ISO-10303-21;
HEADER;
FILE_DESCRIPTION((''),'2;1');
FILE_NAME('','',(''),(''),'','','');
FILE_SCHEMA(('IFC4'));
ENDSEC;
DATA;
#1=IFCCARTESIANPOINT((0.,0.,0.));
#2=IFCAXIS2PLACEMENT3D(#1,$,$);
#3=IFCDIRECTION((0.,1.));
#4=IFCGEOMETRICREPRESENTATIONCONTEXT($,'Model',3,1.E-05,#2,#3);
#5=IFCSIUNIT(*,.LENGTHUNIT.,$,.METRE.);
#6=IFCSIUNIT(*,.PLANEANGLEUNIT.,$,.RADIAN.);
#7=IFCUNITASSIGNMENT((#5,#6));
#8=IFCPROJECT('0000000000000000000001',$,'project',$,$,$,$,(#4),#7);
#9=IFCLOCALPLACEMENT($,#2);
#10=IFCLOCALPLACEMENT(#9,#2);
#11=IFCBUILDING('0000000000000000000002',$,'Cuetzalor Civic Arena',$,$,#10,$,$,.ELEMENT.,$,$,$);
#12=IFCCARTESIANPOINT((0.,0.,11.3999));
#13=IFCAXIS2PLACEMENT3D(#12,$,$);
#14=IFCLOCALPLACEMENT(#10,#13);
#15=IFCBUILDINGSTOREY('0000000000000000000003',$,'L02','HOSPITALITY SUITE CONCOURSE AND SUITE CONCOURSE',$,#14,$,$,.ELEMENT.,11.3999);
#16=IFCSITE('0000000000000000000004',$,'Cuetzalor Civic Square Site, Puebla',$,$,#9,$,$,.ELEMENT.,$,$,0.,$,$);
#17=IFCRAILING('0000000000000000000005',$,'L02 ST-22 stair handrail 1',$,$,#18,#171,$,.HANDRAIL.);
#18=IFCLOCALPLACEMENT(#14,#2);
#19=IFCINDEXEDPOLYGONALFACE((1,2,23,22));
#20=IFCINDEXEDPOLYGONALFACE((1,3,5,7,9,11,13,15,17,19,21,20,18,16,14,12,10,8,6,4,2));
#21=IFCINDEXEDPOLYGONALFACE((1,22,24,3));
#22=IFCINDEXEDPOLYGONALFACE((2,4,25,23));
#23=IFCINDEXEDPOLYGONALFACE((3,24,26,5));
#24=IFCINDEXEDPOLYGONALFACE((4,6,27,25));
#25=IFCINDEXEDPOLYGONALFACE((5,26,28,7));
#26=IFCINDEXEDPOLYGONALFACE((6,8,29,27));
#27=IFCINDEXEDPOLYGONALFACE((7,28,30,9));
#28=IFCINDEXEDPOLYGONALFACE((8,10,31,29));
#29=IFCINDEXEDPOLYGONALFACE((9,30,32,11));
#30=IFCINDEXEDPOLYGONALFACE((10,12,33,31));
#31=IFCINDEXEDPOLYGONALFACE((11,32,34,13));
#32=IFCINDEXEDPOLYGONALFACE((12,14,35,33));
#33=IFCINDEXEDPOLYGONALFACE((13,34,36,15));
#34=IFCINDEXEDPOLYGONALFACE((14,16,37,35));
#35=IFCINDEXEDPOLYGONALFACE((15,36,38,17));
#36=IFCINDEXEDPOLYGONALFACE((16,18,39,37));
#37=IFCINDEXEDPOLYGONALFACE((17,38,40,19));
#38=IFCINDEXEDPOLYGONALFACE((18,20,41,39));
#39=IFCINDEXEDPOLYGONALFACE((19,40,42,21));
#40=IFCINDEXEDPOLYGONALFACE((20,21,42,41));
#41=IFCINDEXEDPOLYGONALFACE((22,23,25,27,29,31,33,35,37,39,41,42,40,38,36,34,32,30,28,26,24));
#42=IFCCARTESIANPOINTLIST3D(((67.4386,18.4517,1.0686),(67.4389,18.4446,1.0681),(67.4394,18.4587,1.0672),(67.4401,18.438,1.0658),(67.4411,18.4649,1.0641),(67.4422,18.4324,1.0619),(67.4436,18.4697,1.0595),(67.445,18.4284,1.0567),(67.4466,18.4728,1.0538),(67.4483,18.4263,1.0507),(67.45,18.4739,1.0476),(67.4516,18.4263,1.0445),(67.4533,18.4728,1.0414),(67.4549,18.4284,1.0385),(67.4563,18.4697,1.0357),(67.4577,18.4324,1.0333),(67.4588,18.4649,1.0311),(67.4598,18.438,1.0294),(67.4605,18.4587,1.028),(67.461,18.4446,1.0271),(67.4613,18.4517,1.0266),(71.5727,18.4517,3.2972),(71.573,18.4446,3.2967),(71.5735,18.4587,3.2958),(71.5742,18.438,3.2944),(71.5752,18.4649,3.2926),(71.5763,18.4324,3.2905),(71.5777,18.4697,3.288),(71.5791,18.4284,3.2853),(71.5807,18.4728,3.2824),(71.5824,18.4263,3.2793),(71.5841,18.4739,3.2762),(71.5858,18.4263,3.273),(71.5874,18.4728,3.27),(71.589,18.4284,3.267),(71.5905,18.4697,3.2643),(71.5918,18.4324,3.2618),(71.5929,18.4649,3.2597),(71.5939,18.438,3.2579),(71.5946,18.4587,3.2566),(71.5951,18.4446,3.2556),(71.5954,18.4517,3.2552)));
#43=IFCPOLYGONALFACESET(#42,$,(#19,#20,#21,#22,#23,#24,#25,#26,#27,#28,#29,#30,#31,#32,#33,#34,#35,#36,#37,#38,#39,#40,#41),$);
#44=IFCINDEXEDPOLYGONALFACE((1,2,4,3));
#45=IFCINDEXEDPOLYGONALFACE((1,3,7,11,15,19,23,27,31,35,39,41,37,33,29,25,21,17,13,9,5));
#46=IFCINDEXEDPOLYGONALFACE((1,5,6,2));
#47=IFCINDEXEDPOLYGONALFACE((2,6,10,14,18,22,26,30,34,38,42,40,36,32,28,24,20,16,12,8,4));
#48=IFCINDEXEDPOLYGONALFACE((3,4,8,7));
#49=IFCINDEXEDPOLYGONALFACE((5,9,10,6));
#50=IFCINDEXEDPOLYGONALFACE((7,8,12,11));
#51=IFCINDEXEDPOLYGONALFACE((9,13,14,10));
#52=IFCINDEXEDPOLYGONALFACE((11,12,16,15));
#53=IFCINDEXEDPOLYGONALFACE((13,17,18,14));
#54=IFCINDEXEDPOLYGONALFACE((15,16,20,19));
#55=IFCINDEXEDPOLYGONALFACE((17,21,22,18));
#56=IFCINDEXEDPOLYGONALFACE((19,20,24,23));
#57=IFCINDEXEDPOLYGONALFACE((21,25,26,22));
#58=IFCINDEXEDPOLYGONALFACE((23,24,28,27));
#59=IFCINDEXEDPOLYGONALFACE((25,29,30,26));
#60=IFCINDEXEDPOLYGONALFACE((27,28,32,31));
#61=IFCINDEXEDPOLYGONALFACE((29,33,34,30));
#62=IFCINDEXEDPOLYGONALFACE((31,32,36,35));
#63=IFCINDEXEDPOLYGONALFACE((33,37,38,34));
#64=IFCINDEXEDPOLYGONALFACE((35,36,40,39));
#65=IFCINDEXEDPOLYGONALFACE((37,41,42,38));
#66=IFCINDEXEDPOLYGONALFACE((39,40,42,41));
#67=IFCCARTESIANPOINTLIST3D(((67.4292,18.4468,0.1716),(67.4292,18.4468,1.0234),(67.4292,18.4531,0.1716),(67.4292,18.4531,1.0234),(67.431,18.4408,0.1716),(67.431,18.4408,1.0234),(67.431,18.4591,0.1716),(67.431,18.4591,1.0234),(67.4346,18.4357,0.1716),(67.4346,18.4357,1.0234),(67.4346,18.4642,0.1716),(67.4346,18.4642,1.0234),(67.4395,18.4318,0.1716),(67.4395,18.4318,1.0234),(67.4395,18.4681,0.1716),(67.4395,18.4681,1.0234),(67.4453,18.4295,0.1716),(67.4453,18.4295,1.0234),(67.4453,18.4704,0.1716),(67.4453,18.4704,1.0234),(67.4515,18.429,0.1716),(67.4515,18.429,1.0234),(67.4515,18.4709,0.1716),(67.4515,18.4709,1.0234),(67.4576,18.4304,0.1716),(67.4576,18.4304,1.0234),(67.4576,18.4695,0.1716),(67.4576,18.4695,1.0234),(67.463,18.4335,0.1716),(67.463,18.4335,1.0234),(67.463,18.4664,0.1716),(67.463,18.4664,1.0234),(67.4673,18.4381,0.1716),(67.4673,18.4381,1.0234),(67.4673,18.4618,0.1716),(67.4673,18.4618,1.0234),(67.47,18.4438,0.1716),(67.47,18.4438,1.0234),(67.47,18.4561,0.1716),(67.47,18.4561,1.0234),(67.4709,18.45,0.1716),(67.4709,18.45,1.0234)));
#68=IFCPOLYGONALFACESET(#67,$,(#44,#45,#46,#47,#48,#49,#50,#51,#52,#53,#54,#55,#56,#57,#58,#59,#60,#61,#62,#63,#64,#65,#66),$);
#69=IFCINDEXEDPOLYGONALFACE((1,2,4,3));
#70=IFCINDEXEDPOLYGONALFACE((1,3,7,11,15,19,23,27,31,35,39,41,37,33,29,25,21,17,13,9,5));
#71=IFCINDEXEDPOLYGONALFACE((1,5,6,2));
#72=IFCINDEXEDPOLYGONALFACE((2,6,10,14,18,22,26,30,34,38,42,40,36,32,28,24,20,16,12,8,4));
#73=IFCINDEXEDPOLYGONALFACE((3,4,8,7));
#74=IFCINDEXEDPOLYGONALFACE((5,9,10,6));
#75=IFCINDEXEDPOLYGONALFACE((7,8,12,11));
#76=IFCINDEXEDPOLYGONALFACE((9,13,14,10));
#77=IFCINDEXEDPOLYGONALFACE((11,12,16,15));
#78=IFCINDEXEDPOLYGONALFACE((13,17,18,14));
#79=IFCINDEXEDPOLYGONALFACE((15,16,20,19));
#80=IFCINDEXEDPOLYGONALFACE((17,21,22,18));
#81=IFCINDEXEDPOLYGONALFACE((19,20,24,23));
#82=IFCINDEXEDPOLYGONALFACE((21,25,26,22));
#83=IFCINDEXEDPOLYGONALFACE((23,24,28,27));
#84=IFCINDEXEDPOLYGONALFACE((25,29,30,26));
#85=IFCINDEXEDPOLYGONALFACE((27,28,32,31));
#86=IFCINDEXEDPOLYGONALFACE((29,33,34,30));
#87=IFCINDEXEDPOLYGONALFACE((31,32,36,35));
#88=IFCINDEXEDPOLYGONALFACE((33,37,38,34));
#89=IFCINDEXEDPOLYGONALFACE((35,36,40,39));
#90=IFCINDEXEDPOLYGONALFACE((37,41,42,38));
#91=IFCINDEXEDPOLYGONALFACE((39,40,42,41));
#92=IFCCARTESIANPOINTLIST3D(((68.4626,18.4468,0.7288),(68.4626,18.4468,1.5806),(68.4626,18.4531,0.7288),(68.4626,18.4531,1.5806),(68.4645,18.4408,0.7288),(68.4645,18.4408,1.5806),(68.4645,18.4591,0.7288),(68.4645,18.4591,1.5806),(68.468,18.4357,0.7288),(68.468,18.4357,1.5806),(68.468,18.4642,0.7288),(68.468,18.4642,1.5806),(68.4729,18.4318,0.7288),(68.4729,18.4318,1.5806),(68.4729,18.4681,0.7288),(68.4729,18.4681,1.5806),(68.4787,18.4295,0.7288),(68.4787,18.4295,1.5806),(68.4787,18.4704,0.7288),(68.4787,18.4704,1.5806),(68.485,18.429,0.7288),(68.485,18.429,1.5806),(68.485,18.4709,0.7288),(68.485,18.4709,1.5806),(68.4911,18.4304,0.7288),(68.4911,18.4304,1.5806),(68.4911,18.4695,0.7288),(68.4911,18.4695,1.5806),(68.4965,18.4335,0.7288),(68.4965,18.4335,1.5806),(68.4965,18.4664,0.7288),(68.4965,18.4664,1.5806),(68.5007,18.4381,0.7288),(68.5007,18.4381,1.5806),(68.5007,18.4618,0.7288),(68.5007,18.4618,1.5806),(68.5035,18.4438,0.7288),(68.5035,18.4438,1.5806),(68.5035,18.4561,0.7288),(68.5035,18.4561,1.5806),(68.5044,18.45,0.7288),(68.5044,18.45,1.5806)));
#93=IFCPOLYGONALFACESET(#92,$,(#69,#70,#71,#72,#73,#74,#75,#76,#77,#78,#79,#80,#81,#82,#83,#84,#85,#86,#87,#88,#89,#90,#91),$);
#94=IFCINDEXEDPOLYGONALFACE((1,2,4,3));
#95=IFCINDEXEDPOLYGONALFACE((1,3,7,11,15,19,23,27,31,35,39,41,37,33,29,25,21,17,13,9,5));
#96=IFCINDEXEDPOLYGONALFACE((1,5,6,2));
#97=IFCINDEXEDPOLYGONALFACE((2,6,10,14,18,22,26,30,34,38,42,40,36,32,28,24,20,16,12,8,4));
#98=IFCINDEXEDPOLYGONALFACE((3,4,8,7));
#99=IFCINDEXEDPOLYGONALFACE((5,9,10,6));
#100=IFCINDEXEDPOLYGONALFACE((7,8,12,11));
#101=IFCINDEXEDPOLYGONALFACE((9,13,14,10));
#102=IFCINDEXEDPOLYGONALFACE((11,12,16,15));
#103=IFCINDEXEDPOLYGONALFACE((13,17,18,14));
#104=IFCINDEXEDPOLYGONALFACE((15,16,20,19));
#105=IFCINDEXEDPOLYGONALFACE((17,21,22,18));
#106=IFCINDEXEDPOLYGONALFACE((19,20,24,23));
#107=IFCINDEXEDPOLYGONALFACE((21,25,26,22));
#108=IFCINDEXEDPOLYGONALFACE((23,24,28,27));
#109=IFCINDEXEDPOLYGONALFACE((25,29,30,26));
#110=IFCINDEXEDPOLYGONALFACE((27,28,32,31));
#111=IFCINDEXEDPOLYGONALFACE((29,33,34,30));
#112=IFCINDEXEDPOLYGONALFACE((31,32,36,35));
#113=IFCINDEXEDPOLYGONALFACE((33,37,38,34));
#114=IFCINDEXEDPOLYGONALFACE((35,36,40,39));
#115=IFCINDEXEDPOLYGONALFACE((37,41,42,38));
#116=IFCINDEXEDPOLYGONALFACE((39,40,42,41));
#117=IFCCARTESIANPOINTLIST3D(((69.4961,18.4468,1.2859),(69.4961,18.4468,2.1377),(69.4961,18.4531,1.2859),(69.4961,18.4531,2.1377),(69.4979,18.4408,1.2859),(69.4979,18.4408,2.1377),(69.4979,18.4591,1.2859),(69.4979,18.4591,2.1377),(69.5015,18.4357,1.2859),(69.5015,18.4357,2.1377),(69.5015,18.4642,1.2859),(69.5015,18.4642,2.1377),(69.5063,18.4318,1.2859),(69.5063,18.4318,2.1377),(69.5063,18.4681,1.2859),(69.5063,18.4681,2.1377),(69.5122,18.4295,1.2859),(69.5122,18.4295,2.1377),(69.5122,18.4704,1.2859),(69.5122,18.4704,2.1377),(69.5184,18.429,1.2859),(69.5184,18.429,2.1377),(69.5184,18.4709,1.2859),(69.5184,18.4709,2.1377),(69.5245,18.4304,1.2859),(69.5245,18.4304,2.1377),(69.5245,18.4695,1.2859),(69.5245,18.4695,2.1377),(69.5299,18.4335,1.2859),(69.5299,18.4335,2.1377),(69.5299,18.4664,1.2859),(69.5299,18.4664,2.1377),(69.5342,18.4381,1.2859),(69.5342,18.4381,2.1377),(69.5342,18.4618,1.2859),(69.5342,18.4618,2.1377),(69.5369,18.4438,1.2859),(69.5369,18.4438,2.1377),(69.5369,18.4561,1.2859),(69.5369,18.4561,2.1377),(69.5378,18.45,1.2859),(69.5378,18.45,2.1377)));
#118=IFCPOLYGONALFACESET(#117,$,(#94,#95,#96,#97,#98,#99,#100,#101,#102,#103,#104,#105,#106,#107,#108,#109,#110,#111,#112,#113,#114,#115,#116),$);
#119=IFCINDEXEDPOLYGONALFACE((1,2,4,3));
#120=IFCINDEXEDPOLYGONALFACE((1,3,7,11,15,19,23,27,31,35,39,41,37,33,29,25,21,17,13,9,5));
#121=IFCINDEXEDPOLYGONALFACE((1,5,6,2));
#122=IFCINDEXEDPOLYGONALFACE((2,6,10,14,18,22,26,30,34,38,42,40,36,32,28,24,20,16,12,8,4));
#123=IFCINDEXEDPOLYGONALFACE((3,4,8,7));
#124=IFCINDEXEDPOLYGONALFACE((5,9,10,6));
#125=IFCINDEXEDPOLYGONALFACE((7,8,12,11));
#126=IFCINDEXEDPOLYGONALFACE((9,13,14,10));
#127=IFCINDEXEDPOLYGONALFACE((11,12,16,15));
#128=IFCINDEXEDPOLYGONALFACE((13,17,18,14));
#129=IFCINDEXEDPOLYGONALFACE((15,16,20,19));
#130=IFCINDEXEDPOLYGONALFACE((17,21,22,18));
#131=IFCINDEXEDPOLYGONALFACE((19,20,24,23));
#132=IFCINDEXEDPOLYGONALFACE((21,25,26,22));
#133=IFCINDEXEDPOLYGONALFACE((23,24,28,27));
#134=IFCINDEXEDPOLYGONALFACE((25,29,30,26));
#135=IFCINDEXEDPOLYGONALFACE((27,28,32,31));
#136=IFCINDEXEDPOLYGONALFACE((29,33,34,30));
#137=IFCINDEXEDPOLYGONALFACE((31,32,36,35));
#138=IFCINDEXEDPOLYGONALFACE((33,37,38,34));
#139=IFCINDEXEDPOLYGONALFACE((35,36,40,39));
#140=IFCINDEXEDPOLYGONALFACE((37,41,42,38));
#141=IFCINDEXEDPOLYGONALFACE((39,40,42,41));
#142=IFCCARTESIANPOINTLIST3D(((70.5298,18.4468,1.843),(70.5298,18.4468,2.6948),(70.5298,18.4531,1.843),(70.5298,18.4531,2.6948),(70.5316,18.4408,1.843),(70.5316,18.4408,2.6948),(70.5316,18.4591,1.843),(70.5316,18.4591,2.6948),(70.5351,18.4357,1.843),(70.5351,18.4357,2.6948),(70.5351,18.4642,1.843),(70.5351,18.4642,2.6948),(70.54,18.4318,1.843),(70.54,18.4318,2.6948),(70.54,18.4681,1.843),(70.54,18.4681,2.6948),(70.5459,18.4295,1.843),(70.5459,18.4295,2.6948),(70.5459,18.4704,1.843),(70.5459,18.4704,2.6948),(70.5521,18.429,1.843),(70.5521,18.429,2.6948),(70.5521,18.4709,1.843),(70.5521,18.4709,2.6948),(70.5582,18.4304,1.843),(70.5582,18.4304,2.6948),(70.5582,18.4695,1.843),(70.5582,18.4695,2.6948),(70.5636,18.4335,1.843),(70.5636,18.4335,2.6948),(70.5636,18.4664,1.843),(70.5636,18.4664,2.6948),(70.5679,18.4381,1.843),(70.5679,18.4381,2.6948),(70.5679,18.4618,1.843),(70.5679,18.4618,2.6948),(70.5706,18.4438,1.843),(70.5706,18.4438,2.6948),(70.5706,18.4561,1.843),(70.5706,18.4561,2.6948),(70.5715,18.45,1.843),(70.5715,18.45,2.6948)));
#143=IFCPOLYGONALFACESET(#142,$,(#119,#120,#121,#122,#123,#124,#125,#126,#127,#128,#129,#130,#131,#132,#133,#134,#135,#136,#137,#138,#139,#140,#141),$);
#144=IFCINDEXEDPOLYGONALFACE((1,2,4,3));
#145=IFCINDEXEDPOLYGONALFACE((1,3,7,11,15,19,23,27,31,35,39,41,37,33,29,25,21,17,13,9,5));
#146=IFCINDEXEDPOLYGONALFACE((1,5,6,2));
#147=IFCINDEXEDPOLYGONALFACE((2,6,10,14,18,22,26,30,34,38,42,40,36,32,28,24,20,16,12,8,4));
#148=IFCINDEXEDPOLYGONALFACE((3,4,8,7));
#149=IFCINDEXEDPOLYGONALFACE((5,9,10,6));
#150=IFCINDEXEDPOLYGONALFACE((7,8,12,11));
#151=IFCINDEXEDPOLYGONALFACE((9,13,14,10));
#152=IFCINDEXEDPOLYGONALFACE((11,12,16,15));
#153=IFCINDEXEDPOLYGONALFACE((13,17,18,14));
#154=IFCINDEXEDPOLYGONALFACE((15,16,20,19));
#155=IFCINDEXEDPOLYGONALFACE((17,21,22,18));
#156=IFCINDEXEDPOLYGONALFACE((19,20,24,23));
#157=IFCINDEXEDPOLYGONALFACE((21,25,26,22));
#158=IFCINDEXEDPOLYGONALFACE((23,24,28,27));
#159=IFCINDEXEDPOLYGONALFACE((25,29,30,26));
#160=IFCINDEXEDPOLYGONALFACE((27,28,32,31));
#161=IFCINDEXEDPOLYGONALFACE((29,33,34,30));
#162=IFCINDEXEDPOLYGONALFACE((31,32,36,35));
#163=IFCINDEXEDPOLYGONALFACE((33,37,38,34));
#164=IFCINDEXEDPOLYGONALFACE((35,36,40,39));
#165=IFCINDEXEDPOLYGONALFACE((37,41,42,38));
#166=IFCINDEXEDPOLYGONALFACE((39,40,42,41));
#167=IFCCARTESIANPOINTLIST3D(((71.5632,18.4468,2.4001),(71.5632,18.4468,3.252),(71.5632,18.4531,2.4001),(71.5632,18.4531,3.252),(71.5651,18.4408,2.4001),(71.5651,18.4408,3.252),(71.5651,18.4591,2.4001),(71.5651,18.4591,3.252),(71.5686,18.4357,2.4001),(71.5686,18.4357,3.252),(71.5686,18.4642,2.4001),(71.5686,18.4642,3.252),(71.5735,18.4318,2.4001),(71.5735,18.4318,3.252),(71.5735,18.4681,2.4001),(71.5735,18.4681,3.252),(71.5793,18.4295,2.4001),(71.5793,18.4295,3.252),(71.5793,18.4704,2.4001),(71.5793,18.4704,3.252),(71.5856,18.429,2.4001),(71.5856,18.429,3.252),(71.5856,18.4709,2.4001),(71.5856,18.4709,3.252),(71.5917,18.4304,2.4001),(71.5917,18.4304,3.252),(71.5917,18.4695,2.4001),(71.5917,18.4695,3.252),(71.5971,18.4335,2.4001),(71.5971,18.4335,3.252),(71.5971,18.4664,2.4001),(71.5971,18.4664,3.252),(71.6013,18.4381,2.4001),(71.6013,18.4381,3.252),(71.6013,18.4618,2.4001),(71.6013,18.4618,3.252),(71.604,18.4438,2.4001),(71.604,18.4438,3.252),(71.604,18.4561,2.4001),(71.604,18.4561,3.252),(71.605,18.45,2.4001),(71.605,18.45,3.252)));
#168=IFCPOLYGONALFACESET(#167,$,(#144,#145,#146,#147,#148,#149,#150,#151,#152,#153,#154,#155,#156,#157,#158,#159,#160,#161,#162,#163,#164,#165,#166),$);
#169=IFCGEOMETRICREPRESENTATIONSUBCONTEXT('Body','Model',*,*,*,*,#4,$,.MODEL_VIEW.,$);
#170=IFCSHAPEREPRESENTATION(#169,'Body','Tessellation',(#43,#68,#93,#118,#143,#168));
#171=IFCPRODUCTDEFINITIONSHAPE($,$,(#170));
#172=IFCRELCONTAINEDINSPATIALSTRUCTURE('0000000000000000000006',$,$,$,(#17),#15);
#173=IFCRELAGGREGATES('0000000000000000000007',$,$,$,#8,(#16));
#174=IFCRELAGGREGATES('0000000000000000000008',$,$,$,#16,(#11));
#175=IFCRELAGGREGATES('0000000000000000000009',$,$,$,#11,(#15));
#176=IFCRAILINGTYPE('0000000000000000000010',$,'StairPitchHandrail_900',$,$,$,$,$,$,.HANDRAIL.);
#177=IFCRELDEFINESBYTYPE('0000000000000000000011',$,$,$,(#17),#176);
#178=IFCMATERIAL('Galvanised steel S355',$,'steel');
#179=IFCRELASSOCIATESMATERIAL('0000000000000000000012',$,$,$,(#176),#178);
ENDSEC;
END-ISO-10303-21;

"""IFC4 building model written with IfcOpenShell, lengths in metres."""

from ifc_helpers import new_model, si_unit, direction, frame, origin, origin_2d, place, context, subcontext, project, spatial, circle, extrude, material, type_object, element, save


model = new_model("IFC4")

# Units and contexts
model_context = context("Model", 3, precision=1e-05, world=origin(), true_north=direction((0.0, 1.0)))
body_context = subcontext(model_context, "Body", "Model", "MODEL_VIEW")
ifc_project = project(units=[si_unit("LENGTHUNIT", "METRE"), si_unit("PLANEANGLEUNIT", "RADIAN")], contexts=[model_context])

# Site, building, storey
site_placement = place(None, origin())
site = spatial("IfcSite", under=ifc_project, at=site_placement, Name="Cuetzalor Civic Square Site, Puebla", CompositionType="ELEMENT", RefElevation=0.0)
building_placement = place(site_placement, origin())
building = spatial("IfcBuilding", under=site, at=building_placement, Name="Cuetzalor Civic Arena", CompositionType="ELEMENT")
storey_placement = place(building_placement, frame((0.0, 0.0, 11.3999)))
storey = spatial("IfcBuildingStorey", under=building, at=storey_placement, Name="L02", Description="HOSPITALITY SUITE CONCOURSE AND SUITE CONCOURSE", CompositionType="ELEMENT", Elevation=11.3999)

# Railing
ifc_material_1 = material(Name="Galvanised steel S355", Category="steel")
railing_type_1 = type_object("IfcRailingType", Name="StairPitchHandrail_900", PredefinedType="HANDRAIL", material=ifc_material_1)
railing_1_placement = place(storey_placement, frame((67.45, 18.45, 0.1716)))
element("IfcRailing", 1, at=railing_1_placement, inside=storey, type_object=railing_type_1, Name="L02 ST-22 stair handrail 1", PredefinedType="HANDRAIL", context=body_context, shape_type="SweptSolid", body=[
    extrude(circle(Radius=0.0239, at=origin_2d()), frame((0.0, 0.0, 0.876), z_axis=(0.880249, 0.0, 0.474512), x_axis=(0.0, 1.0, 0.0)), (0.0, 0.0, 1.0), 4.6965),
    extrude(circle(Radius=0.021, at=origin_2d()), origin(), (0.0, 0.0, 1.0), 0.8518),
    extrude(circle(Radius=0.021, at=origin_2d()), frame((1.0334, 0.0, 0.5571)), (0.0, 0.0, 1.0), 0.8518),
    extrude(circle(Radius=0.021, at=origin_2d()), frame((2.0669, 0.0, 1.1143)), (0.0, 0.0, 1.0), 0.8518),
    extrude(circle(Radius=0.021, at=origin_2d()), frame((3.1006, 0.0, 1.6714)), (0.0, 0.0, 1.0), 0.8518),
    extrude(circle(Radius=0.021, at=origin_2d()), frame((4.134, 0.0, 2.2285)), (0.0, 0.0, 1.0), 0.8518),
])

save(model, "model.ifc")
